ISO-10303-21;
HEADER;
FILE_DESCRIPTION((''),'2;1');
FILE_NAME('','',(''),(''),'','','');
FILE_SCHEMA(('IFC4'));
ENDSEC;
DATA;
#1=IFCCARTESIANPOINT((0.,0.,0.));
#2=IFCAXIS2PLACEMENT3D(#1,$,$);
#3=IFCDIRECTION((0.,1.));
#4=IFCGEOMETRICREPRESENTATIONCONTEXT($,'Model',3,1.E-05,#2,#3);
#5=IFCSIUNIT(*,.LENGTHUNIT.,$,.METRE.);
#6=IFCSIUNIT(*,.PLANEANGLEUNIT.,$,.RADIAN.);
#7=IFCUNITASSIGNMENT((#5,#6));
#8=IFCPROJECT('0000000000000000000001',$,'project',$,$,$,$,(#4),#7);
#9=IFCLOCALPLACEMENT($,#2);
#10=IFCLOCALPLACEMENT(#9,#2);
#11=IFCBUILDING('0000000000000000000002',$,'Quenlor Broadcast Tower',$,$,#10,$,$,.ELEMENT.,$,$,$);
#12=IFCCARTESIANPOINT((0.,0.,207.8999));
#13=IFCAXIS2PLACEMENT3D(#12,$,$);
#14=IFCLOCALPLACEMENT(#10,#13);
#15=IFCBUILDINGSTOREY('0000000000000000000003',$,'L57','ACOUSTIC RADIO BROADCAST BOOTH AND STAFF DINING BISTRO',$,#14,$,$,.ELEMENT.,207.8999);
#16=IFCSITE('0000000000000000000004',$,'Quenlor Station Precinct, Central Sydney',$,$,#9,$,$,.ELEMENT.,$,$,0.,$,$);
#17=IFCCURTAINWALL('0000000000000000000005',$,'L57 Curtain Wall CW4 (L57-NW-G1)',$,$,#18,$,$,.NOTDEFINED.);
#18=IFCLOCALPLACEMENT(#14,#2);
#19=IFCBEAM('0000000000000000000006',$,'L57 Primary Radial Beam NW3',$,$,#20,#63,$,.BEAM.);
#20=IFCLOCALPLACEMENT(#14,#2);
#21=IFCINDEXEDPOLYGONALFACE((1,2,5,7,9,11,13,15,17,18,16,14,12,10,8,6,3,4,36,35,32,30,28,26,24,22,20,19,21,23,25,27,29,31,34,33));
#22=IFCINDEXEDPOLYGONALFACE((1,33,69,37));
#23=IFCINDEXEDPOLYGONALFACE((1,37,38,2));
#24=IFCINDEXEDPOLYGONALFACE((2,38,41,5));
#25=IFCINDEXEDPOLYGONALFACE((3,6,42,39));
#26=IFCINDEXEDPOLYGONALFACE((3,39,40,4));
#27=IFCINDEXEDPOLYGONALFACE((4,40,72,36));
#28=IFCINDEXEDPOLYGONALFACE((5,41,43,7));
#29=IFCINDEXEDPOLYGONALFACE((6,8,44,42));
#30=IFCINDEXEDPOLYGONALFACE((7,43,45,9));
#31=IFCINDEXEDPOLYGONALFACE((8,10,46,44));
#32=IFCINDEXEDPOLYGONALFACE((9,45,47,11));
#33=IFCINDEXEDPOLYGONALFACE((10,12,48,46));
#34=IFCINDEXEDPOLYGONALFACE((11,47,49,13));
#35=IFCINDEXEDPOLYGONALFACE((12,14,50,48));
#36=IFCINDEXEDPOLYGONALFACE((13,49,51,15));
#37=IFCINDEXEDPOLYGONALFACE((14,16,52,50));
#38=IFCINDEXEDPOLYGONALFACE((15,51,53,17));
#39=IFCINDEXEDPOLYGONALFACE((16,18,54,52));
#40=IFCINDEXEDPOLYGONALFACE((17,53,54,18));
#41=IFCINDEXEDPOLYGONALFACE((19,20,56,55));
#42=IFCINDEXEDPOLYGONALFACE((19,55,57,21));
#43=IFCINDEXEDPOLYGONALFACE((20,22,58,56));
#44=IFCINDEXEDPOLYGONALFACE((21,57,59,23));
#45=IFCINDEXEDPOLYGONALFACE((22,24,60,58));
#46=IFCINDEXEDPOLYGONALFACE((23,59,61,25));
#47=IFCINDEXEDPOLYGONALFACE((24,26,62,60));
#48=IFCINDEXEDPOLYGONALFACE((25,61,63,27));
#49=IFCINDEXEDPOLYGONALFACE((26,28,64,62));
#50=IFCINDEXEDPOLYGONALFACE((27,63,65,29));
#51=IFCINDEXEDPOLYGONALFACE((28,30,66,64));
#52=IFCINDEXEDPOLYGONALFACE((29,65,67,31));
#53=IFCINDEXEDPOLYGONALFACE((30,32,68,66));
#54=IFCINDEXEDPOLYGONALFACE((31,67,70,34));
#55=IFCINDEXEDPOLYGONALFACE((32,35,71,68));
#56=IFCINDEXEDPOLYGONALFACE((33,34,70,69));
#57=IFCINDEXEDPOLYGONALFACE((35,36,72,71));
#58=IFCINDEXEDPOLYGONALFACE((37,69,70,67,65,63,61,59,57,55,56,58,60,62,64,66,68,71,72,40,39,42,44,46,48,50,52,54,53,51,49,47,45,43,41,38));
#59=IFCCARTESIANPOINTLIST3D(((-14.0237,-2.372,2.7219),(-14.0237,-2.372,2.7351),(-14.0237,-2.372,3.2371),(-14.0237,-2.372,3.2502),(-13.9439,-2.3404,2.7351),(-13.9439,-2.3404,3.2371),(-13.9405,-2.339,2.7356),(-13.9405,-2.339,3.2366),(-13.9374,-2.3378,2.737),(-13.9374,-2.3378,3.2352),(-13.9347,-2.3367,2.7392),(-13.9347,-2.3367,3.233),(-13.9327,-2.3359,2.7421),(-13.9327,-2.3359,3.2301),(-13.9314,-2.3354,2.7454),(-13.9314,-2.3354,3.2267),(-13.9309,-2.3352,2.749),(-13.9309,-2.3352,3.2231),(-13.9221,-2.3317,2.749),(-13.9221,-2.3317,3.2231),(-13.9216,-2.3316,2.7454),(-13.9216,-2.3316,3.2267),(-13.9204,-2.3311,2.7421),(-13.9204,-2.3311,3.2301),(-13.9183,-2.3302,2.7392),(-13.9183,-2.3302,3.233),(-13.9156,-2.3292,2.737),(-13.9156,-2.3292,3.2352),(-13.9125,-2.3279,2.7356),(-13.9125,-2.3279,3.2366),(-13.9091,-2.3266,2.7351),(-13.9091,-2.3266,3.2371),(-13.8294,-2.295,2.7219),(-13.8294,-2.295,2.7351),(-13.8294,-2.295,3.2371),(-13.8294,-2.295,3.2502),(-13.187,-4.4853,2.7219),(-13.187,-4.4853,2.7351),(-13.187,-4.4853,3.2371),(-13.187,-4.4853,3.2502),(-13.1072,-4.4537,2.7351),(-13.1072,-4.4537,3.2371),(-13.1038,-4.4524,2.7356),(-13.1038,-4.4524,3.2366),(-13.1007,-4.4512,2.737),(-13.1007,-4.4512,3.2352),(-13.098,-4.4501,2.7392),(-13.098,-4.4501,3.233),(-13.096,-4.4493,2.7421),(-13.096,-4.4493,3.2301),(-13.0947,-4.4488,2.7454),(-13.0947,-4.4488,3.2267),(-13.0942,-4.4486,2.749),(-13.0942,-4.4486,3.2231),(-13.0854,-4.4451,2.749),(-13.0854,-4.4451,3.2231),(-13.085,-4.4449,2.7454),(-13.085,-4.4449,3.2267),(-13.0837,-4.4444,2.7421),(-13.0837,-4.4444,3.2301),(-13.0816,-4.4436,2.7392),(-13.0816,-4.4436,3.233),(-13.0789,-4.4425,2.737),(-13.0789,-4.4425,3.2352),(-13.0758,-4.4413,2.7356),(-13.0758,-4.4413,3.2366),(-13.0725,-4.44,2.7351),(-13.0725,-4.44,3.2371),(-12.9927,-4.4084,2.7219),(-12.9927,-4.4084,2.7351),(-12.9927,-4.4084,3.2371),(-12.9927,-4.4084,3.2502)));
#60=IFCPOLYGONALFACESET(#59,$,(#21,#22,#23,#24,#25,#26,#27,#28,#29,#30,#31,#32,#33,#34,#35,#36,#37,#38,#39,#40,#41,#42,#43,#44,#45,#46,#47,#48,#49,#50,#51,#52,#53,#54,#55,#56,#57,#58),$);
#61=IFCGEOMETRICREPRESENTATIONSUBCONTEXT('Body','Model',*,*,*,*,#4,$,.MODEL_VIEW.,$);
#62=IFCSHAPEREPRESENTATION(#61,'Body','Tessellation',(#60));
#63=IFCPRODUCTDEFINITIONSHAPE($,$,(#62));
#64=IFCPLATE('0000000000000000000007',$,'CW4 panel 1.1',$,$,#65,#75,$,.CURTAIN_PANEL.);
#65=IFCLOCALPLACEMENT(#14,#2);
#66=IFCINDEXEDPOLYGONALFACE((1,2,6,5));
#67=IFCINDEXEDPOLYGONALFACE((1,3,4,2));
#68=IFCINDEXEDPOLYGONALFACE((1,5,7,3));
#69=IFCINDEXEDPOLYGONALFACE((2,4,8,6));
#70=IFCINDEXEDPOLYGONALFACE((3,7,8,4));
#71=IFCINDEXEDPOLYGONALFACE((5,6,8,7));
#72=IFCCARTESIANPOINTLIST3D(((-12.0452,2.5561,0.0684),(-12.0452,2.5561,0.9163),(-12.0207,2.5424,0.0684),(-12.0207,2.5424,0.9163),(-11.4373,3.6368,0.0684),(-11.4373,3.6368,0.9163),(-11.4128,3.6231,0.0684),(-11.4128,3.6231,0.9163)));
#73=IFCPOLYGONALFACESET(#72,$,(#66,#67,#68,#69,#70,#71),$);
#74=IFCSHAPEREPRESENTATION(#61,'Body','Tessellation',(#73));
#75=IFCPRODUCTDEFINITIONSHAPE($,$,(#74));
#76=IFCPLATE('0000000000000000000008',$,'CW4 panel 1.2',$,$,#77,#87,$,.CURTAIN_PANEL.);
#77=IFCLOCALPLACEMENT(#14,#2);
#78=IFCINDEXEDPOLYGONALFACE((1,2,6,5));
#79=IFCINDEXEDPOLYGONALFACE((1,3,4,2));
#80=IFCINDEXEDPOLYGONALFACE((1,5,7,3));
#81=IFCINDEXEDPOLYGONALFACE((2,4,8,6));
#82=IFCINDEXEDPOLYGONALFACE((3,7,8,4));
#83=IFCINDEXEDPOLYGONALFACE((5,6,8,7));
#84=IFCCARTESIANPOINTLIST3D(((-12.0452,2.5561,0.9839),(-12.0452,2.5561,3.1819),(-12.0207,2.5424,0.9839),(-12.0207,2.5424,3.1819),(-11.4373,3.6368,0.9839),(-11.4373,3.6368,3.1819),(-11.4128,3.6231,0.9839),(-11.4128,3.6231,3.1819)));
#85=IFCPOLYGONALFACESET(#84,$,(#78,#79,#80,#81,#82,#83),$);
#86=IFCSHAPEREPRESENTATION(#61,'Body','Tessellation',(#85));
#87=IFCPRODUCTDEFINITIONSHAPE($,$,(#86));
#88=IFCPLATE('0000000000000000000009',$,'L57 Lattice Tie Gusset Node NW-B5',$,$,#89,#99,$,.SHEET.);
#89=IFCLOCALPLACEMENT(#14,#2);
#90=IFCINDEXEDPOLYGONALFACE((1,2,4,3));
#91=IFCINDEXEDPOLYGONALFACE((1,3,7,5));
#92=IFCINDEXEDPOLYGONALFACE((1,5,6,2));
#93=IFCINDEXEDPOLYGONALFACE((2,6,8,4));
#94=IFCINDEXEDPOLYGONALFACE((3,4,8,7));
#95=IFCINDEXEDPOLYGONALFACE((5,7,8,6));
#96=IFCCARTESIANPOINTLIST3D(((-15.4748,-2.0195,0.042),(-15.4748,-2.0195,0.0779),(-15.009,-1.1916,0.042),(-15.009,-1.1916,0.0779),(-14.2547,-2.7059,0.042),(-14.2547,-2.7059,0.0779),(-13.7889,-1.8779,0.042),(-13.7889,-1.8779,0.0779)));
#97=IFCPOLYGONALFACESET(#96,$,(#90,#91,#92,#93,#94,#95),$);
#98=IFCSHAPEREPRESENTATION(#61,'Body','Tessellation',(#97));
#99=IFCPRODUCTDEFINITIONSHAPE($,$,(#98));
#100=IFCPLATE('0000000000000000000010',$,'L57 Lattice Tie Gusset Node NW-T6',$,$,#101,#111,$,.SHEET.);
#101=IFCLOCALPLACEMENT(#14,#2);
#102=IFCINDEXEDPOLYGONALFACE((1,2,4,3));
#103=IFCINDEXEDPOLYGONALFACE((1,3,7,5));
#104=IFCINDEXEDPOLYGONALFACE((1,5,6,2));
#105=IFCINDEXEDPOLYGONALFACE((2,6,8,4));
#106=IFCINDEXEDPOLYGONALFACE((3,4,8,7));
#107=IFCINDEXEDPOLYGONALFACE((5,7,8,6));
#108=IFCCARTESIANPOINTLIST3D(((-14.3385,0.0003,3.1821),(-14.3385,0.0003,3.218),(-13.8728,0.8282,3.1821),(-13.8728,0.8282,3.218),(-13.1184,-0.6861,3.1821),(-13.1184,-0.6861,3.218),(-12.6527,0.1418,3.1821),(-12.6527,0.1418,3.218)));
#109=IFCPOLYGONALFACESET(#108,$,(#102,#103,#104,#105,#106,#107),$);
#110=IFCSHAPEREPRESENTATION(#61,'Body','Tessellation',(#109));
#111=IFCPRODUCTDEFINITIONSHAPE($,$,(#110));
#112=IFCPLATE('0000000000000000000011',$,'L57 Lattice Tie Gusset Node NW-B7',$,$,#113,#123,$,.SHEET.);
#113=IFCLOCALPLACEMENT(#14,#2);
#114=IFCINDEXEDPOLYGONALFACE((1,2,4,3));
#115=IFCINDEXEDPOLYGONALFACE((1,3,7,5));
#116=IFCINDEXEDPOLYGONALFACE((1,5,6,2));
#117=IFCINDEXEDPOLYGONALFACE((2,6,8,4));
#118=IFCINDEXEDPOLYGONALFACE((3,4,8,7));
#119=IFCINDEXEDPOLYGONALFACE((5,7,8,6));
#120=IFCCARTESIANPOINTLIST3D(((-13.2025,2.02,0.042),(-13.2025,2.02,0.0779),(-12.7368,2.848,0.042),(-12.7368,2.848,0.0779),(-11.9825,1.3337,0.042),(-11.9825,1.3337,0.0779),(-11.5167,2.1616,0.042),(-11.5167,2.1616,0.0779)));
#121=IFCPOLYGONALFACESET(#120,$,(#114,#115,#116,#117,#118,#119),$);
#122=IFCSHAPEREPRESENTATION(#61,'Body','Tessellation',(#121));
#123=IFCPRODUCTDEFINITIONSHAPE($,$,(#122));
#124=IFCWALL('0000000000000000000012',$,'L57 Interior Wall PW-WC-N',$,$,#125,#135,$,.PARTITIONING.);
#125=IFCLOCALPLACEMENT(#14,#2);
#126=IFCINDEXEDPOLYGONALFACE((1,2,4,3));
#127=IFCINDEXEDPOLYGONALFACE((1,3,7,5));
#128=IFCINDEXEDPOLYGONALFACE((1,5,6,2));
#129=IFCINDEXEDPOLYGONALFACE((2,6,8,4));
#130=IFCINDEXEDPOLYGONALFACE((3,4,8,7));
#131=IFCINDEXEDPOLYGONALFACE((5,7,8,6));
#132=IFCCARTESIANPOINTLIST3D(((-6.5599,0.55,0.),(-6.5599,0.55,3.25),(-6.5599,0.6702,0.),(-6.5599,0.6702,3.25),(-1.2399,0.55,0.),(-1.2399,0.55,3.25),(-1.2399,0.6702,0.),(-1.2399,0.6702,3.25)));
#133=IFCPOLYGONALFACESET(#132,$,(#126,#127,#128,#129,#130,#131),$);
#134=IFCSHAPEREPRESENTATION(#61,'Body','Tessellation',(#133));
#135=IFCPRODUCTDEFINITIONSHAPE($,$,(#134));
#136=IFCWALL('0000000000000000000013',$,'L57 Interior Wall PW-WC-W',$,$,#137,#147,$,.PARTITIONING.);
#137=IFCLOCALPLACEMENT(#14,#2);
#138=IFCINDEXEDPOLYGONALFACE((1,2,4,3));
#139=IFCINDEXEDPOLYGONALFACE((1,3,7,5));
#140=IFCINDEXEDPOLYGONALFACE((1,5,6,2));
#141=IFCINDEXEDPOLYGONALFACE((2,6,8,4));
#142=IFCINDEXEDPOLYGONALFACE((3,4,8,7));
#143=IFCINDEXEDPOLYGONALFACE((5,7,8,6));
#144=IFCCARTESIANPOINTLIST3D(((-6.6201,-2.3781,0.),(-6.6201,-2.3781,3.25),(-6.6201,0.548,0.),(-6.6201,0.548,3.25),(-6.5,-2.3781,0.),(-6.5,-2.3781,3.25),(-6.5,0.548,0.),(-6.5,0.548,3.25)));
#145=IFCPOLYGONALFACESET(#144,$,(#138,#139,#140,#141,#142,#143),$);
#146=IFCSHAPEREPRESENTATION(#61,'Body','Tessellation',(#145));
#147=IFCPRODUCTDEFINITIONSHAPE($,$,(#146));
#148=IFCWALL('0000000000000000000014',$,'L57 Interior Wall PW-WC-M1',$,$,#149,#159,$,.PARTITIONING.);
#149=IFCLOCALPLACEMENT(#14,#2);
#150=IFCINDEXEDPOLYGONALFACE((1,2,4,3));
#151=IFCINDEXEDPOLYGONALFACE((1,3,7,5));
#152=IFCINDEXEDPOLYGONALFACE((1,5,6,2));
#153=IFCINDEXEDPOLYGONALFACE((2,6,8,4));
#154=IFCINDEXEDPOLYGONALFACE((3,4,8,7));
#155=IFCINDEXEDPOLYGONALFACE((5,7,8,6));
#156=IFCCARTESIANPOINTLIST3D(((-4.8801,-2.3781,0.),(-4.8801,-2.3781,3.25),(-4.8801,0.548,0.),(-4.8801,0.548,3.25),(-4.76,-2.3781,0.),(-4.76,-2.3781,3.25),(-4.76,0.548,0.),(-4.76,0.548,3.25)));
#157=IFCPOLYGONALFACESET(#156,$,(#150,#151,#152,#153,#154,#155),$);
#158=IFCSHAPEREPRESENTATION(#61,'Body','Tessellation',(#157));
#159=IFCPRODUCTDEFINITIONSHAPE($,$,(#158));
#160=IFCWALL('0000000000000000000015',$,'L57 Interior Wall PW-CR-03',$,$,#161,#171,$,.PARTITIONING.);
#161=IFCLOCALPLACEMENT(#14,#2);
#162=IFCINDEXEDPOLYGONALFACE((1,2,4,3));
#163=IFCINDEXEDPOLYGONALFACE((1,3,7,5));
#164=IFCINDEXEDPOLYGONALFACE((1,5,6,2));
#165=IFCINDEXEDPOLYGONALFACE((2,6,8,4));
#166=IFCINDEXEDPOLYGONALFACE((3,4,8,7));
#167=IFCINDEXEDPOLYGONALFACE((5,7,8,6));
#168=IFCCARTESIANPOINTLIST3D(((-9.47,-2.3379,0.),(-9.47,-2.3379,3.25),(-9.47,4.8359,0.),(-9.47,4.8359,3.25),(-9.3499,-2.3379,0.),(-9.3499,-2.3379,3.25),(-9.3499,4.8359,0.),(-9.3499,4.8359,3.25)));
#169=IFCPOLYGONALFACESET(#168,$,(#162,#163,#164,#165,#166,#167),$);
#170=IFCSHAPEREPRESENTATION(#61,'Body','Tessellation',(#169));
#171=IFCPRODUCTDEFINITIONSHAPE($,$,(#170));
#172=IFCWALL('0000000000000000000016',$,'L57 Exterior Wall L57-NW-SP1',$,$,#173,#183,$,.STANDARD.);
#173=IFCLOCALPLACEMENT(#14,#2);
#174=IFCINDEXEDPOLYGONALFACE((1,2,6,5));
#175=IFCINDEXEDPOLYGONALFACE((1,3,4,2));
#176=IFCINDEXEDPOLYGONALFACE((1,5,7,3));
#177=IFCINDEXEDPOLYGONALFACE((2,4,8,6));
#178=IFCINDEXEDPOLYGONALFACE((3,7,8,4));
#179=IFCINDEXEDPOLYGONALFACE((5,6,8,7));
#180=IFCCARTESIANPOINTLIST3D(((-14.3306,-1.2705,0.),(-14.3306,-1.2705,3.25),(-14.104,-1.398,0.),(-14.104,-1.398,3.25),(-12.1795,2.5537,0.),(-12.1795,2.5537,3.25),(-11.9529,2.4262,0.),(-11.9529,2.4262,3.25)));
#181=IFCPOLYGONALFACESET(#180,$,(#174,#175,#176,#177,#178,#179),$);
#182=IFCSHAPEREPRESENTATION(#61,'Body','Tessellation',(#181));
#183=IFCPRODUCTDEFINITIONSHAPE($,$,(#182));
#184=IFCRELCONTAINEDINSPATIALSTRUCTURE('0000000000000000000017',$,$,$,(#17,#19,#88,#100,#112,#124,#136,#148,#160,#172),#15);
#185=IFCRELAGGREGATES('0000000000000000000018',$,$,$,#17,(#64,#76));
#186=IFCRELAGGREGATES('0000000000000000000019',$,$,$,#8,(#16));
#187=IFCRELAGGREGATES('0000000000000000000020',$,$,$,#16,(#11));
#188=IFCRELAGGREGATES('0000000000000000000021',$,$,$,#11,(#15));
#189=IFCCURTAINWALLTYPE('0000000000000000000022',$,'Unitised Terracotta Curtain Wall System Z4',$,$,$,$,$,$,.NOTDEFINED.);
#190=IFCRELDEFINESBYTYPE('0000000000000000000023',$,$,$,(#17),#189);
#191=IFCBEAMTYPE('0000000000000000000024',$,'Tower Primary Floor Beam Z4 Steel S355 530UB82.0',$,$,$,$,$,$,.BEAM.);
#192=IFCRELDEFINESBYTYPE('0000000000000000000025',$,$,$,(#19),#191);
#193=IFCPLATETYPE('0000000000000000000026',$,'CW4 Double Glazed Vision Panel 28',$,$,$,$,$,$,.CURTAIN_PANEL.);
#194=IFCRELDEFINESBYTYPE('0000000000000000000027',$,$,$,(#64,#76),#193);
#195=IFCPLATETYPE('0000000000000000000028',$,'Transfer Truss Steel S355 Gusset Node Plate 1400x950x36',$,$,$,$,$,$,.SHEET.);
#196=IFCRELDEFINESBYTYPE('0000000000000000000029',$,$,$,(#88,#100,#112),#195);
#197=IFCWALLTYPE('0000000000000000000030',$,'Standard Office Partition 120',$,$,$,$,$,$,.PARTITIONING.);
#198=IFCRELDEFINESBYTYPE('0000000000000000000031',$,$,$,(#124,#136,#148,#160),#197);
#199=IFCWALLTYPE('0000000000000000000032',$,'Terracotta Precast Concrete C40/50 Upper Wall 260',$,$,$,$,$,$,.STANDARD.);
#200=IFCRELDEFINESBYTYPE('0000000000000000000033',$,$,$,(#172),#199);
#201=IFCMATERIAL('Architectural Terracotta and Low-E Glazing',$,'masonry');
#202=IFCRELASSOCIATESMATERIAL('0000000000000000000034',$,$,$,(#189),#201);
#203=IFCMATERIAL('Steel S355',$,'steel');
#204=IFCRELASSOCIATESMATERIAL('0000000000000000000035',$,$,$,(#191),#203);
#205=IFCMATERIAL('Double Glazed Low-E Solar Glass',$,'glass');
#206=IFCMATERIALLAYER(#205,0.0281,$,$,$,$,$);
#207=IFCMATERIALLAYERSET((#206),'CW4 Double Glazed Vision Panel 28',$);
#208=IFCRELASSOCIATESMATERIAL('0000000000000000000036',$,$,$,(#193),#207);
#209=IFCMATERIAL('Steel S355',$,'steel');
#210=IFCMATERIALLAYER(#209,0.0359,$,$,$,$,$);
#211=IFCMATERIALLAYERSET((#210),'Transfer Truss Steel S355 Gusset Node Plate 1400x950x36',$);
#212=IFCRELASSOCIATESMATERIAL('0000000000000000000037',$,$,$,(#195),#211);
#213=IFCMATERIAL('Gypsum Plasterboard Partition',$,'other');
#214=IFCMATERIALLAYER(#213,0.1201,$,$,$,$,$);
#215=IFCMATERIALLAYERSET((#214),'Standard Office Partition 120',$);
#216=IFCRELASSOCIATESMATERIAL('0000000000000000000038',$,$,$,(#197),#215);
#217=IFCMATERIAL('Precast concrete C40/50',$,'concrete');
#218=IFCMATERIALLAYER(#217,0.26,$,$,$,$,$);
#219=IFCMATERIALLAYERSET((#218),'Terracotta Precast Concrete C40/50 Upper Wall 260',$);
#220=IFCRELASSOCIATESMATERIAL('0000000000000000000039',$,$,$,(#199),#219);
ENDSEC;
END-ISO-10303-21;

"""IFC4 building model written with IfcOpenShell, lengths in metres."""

from ifc_helpers import new_model, si_unit, direction, frame, frame_2d, origin, origin_2d, place, context, subcontext, project, spatial, rectangle, i_section, extrude, material, layer, layer_set, material_profile, profile_set, type_object, element, aggregate, save


model = new_model("IFC4")

# Units and contexts
model_context = context("Model", 3, precision=1e-05, world=origin(), true_north=direction((0.0, 1.0)))
body_context = subcontext(model_context, "Body", "Model", "MODEL_VIEW")
ifc_project = project(units=[si_unit("LENGTHUNIT", "METRE"), si_unit("PLANEANGLEUNIT", "RADIAN")], contexts=[model_context])

# Site, building, storey
site_placement = place(None, origin())
site = spatial("IfcSite", under=ifc_project, at=site_placement, Name="Quenlor Station Precinct, Central Sydney", CompositionType="ELEMENT", RefElevation=0.0)
building_placement = place(site_placement, origin())
building = spatial("IfcBuilding", under=site, at=building_placement, Name="Quenlor Broadcast Tower", CompositionType="ELEMENT")
storey_placement = place(building_placement, frame((0.0, 0.0, 207.8999)))
storey = spatial("IfcBuildingStorey", under=building, at=storey_placement, Name="L57", Description="ACOUSTIC RADIO BROADCAST BOOTH AND STAFF DINING BISTRO", CompositionType="ELEMENT", Elevation=207.8999)

# Curtain wall
ifc_material_1 = material(Name="Architectural Terracotta and Low-E Glazing", Category="masonry")
curtain_wall_type = type_object("IfcCurtainWallType", Name="Unitised Terracotta Curtain Wall System Z4", PredefinedType="NOTDEFINED", material=ifc_material_1)
curtain_wall_placement = place(storey_placement, origin())
curtain_wall = element("IfcCurtainWall", 1, at=curtain_wall_placement, inside=storey, type_object=curtain_wall_type, Name="L57 Curtain Wall CW4 (L57-NW-G1)", PredefinedType="NOTDEFINED")

# Beam
ifc_material_2 = material(Name="Steel S355", Category="steel")
ifc_material_profile_1 = material_profile(ifc_material_2, i_section(OverallWidth=0.209, OverallDepth=0.5283, WebThickness=0.0095, FlangeThickness=0.0132, FilletRadius=0.0139, at=origin_2d()))
ifc_profile_set_1 = profile_set([ifc_material_profile_1], Name="Steel S355 530UB82.0")
beam_type_1 = type_object("IfcBeamType", Name="Tower Primary Floor Beam Z4 Steel S355 530UB82.0", PredefinedType="BEAM", material=ifc_profile_set_1)
beam_1_placement = place(storey_placement, frame((-13.9265, -2.3335, 2.9861), z_axis=(0.36811, -0.929782, 0.0), x_axis=(0.929782, 0.36811, 0.0)))
element("IfcBeam", 2, at=beam_1_placement, inside=storey, type_object=beam_type_1, Name="L57 Primary Radial Beam NW3", PredefinedType="BEAM", context=body_context, shape_type="SweptSolid", body=[
    extrude(i_section(OverallWidth=0.209, OverallDepth=0.5283, WebThickness=0.0095, FlangeThickness=0.0132, FilletRadius=0.0139, at=origin_2d()), origin(), (0.0, 0.0, 1.0), 2.2729),
])

# Plates
ifc_material_3 = material(Name="Double Glazed Low-E Solar Glass", Category="glass")
ifc_layer_1 = layer(ifc_material_3, 0.0281)
ifc_layer_set_1 = layer_set([ifc_layer_1], Name="CW4 Double Glazed Vision Panel 28")
plate_type_1 = type_object("IfcPlateType", Name="CW4 Double Glazed Vision Panel 28", PredefinedType="CURTAIN_PANEL", material=ifc_layer_set_1)
plate_1_placement = place(storey_placement, frame((-11.729, 3.0896, 0.0684), z_axis=(0.0, 0.0, 1.0), x_axis=(0.490289, 0.87156, 0.0)))
plate_1 = element("IfcPlate", 3, at=plate_1_placement, type_object=plate_type_1, Name="CW4 panel 1.1", PredefinedType="CURTAIN_PANEL", context=body_context, shape_type="SweptSolid", body=[
    extrude(rectangle(XDim=1.24, YDim=0.0281, at=origin_2d()), origin(), (0.0, 0.0, 1.0), 0.8479),
])
plate_2_placement = place(storey_placement, frame((-11.729, 3.0896, 0.9839), z_axis=(0.0, 0.0, 1.0), x_axis=(0.490289, 0.87156, 0.0)))
plate_2 = element("IfcPlate", 4, at=plate_2_placement, type_object=plate_type_1, Name="CW4 panel 1.2", PredefinedType="CURTAIN_PANEL", context=body_context, shape_type="SweptSolid", body=[
    extrude(rectangle(XDim=1.24, YDim=0.0281, at=origin_2d()), origin(), (0.0, 0.0, 1.0), 2.198),
])
aggregate(curtain_wall, [plate_1, plate_2])

# Plates
ifc_material_4 = material(Name="Steel S355", Category="steel")
ifc_layer_2 = layer(ifc_material_4, 0.0359)
ifc_layer_set_2 = layer_set([ifc_layer_2], Name="Transfer Truss Steel S355 Gusset Node Plate 1400x950x36")
plate_type_2 = type_object("IfcPlateType", Name="Transfer Truss Steel S355 Gusset Node Plate 1400x950x36", PredefinedType="SHEET", material=ifc_layer_set_2)
for number, where, z_axis, x_axis, name in (
    (5, (-14.6318, -1.9487, 0.042), (0.0, 0.0, 1.0), (-0.871556, 0.490295, 0.0), "L57 Lattice Tie Gusset Node NW-B5"),
    (6, (-13.4956, 0.071, 3.1821), (0.0, 0.0, 1.0), (-0.871556, 0.490295, 0.0), "L57 Lattice Tie Gusset Node NW-T6"),
    (7, (-12.3596, 2.0908, 0.042), (0.0, 0.0, 1.0), (-0.871556, 0.490295, 0.0), "L57 Lattice Tie Gusset Node NW-B7"),
):
    element("IfcPlate", number, at=place(storey_placement, frame(where, z_axis=z_axis, x_axis=x_axis)), inside=storey, type_object=plate_type_2, Name=name, PredefinedType="SHEET", context=body_context, shape_type="SweptSolid", body=[
        extrude(rectangle(XDim=1.3999, YDim=0.95, at=origin_2d()), origin(), (0.0, 0.0, 1.0), 0.0359),
    ])

# Walls
ifc_material_5 = material(Name="Gypsum Plasterboard Partition", Category="other")
ifc_layer_3 = layer(ifc_material_5, 0.1201)
ifc_layer_set_3 = layer_set([ifc_layer_3], Name="Standard Office Partition 120")
wall_type_1 = type_object("IfcWallType", Name="Standard Office Partition 120", PredefinedType="PARTITIONING", material=ifc_layer_set_3)
wall_1_placement = place(storey_placement, frame((-6.5601, 0.6101, 0.0), z_axis=(0.0, 0.0, 1.0), x_axis=(1.0, 0.0, 0.0)))
element("IfcWall", 8, at=wall_1_placement, inside=storey, type_object=wall_type_1, Name="L57 Interior Wall PW-WC-N", PredefinedType="PARTITIONING", context=body_context, shape_type="SweptSolid", body=[
    extrude(rectangle(XDim=5.3201, YDim=0.1201, at=frame_2d((2.6602, 0.0))), origin(), (0.0, 0.0, 1.0), 3.25),
])
for number, where, z_axis, x_axis, name in (
    (9, (-6.5601, -2.3779, 0.0), (0.0, 0.0, 1.0), (0.0, 1.0, 0.0), "L57 Interior Wall PW-WC-W"),
    (10, (-4.8201, -2.3779, 0.0), (0.0, 0.0, 1.0), (0.0, 1.0, 0.0), "L57 Interior Wall PW-WC-M1"),
):
    element("IfcWall", number, at=place(storey_placement, frame(where, z_axis=z_axis, x_axis=x_axis)), inside=storey, type_object=wall_type_1, Name=name, PredefinedType="PARTITIONING", context=body_context, shape_type="SweptSolid", body=[
        extrude(rectangle(XDim=2.926, YDim=0.1201, at=frame_2d((1.4629, 0.0))), origin(), (0.0, 0.0, 1.0), 3.25),
    ])
wall_2_placement = place(storey_placement, frame((-9.4099, -2.3379, 0.0), z_axis=(0.0, 0.0, 1.0), x_axis=(0.0, 1.0, 0.0)))
element("IfcWall", 11, at=wall_2_placement, inside=storey, type_object=wall_type_1, Name="L57 Interior Wall PW-CR-03", PredefinedType="PARTITIONING", context=body_context, shape_type="SweptSolid", body=[
    extrude(rectangle(XDim=7.1738, YDim=0.1201, at=frame_2d((3.5869, 0.0))), origin(), (0.0, 0.0, 1.0), 3.25),
])
ifc_material_6 = material(Name="Precast concrete C40/50", Category="concrete")
ifc_layer_4 = layer(ifc_material_6, 0.26)
ifc_layer_set_4 = layer_set([ifc_layer_4], Name="Terracotta Precast Concrete C40/50 Upper Wall 260")
wall_type_2 = type_object("IfcWallType", Name="Terracotta Precast Concrete C40/50 Upper Wall 260", PredefinedType="STANDARD", material=ifc_layer_set_4)
wall_3_placement = place(storey_placement, frame((-14.2173, -1.3342, 0.0), z_axis=(0.0, 0.0, 1.0), x_axis=(0.490261, 0.871576, 0.0)))
element("IfcWall", 12, at=wall_3_placement, inside=storey, type_object=wall_type_2, Name="L57 Exterior Wall L57-NW-SP1", PredefinedType="STANDARD", context=body_context, shape_type="SweptSolid", body=[
    extrude(rectangle(XDim=4.3877, YDim=0.26, at=frame_2d((2.1938, 0.0))), origin(), (0.0, 0.0, 1.0), 3.25),
])

save(model, "model.ifc")
